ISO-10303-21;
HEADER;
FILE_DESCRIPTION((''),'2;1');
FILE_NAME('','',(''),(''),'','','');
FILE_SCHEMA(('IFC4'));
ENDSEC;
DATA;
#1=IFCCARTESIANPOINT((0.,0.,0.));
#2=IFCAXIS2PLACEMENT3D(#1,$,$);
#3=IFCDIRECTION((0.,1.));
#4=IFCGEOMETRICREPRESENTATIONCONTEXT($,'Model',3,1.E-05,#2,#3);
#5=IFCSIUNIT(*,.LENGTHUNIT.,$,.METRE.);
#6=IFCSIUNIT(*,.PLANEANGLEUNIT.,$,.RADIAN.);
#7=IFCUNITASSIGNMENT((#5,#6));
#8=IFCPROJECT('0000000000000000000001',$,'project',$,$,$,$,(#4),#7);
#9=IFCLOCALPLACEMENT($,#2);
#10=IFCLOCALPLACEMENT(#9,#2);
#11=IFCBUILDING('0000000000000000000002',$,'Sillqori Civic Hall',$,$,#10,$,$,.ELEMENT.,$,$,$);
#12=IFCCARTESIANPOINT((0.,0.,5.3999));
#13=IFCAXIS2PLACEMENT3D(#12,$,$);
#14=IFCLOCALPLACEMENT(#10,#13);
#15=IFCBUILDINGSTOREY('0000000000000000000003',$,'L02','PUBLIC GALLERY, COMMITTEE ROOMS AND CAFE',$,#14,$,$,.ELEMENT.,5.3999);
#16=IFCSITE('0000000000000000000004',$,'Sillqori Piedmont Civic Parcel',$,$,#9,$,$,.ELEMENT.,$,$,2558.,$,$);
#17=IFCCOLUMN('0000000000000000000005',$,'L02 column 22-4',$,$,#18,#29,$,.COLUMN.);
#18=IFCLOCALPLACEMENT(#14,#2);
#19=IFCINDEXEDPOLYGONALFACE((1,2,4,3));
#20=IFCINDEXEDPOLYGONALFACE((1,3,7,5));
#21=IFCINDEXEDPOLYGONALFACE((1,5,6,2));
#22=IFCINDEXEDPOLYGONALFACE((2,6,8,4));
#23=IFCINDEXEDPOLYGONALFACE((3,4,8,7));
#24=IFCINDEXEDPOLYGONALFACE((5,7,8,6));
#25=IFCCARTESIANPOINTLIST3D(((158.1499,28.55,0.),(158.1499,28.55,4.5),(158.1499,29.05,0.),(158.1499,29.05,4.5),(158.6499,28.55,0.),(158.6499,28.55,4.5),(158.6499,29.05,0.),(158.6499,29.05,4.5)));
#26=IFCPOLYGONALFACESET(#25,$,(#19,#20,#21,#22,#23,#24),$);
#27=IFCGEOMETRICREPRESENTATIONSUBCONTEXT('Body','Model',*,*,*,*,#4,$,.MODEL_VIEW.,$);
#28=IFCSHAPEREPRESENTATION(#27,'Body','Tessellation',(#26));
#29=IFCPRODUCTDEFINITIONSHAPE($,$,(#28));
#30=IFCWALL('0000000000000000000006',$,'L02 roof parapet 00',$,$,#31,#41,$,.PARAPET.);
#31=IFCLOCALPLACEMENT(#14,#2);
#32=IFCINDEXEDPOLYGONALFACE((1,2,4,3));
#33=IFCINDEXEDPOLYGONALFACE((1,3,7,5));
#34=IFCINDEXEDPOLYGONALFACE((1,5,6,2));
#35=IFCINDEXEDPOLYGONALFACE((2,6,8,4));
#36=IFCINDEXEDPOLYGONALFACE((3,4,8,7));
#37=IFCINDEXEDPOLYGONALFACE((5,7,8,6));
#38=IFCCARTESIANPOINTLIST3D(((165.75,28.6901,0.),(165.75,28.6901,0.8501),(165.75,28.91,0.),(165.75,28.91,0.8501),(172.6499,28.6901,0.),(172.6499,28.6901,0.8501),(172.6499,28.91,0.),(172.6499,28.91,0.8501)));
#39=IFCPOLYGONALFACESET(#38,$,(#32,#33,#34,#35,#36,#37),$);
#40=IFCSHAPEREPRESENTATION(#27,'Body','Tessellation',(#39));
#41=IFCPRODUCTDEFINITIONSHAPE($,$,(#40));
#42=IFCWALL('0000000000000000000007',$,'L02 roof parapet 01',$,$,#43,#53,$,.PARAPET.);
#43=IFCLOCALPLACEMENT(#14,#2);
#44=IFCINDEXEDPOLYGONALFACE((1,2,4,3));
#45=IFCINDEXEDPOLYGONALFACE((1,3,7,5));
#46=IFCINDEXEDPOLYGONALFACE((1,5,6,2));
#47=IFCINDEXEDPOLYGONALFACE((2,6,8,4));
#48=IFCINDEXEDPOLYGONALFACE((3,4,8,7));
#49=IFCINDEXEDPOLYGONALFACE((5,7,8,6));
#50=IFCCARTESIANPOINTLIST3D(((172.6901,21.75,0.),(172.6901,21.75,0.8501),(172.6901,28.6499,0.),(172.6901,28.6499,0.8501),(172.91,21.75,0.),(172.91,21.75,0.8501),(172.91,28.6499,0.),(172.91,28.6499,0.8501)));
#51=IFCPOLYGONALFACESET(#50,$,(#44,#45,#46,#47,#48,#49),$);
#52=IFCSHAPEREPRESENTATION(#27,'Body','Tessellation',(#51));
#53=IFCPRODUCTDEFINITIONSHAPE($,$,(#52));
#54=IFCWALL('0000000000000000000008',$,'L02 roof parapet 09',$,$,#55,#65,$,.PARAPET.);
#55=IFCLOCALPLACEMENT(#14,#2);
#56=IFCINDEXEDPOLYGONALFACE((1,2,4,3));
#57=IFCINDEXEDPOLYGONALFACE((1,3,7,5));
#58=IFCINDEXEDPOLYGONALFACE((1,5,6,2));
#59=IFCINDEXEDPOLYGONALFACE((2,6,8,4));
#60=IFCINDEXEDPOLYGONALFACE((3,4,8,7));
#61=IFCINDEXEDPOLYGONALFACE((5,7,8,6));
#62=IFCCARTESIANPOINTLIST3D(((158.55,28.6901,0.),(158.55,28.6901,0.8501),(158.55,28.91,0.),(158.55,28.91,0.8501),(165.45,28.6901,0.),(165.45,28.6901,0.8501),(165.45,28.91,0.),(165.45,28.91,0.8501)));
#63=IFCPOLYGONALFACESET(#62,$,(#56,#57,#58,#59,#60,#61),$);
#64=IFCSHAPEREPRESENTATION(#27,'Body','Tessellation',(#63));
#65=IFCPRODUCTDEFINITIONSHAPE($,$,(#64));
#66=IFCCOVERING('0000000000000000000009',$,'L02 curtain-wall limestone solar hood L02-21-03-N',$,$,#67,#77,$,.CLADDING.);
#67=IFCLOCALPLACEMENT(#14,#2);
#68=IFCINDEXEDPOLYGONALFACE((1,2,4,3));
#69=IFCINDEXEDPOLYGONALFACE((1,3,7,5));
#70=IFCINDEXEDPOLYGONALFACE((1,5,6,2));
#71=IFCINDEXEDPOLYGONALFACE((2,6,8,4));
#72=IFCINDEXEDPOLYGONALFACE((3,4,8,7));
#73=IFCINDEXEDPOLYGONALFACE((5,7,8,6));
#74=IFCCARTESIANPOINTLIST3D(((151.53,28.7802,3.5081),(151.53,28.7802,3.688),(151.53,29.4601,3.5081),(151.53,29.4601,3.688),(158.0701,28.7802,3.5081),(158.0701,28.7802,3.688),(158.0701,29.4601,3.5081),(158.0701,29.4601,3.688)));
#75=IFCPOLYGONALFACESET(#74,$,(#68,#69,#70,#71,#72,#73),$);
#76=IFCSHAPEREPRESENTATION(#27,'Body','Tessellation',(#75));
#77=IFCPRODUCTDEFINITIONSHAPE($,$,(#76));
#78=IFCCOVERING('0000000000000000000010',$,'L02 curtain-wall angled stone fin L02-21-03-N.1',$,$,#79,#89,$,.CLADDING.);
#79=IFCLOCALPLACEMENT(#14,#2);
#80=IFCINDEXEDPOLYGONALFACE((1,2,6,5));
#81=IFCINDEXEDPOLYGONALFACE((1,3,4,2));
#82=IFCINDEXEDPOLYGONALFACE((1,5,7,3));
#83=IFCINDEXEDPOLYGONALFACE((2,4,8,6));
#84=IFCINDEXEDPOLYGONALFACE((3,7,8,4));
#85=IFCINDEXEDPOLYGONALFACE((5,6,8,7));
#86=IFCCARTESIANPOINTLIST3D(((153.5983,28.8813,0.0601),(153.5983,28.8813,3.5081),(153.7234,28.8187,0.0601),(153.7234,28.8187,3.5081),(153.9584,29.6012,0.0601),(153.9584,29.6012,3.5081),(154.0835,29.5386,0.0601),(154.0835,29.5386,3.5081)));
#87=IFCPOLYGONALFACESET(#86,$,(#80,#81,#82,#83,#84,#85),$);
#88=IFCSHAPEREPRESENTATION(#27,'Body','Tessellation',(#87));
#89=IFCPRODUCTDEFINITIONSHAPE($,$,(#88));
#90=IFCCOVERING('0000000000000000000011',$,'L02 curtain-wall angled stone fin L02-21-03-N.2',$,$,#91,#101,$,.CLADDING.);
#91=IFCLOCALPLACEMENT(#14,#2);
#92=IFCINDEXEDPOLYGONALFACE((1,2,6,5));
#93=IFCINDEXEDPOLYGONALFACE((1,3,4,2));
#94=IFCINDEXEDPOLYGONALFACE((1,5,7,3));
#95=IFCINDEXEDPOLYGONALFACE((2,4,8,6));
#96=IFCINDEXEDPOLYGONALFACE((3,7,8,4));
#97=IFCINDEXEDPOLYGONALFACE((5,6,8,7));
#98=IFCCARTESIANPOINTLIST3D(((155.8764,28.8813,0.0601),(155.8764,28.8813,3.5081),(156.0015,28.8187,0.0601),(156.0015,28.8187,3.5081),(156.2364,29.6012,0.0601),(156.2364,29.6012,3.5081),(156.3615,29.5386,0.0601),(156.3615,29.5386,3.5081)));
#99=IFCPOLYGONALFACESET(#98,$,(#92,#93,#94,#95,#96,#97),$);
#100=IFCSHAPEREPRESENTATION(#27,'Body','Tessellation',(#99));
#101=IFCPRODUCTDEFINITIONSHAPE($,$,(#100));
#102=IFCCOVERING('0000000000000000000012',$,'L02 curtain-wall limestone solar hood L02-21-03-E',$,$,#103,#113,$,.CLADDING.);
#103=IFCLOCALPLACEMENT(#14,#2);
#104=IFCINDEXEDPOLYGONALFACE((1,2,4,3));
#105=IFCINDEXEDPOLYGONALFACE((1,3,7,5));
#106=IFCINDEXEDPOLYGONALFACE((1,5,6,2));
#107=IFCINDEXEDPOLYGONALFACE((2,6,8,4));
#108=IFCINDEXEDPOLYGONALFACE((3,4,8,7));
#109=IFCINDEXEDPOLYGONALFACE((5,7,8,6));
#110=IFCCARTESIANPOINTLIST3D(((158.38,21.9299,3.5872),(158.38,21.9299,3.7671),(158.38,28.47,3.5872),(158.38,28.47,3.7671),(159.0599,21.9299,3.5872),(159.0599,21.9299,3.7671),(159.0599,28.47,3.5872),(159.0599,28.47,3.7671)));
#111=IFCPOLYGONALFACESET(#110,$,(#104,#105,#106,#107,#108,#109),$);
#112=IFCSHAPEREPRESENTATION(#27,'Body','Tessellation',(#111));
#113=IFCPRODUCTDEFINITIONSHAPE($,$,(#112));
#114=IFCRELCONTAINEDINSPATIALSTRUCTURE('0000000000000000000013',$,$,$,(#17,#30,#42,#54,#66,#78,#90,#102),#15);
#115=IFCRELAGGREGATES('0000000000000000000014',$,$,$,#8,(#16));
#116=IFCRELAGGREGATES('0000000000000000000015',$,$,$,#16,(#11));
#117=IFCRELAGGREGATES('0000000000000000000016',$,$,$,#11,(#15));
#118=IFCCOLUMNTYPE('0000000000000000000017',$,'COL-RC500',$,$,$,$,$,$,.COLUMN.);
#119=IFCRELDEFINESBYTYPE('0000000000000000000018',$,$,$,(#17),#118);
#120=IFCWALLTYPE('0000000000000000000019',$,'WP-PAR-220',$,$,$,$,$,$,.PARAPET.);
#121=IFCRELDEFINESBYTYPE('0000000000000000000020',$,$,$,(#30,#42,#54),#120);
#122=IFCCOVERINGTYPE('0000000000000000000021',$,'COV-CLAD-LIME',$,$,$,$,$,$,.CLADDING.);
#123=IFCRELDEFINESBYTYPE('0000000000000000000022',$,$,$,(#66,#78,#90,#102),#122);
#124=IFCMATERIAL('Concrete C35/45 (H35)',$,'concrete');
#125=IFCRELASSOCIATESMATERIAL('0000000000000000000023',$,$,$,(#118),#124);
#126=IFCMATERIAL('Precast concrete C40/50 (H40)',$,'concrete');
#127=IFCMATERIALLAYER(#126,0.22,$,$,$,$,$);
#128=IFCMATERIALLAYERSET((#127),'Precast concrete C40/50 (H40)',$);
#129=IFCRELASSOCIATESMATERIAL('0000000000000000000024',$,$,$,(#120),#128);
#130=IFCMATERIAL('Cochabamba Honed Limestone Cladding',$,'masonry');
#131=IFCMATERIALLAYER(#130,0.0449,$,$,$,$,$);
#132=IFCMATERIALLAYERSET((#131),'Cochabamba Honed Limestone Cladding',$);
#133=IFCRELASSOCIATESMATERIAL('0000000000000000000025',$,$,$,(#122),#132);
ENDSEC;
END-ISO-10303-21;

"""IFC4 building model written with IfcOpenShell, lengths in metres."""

from ifc_helpers import new_model, si_unit, direction, frame, frame_2d, origin, origin_2d, place, context, subcontext, project, spatial, rectangle, extrude, material, layer, layer_set, material_profile, profile_set, type_object, element, save


model = new_model("IFC4")

# Units and contexts
model_context = context("Model", 3, precision=1e-05, world=origin(), true_north=direction((0.0, 1.0)))
body_context = subcontext(model_context, "Body", "Model", "MODEL_VIEW")
ifc_project = project(units=[si_unit("LENGTHUNIT", "METRE"), si_unit("PLANEANGLEUNIT", "RADIAN")], contexts=[model_context])

# Site, building, storey
site_placement = place(None, origin())
site = spatial("IfcSite", under=ifc_project, at=site_placement, Name="Sillqori Piedmont Civic Parcel", CompositionType="ELEMENT", RefElevation=2558.0)
building_placement = place(site_placement, origin())
building = spatial("IfcBuilding", under=site, at=building_placement, Name="Sillqori Civic Hall", CompositionType="ELEMENT")
storey_placement = place(building_placement, frame((0.0, 0.0, 5.3999)))
storey = spatial("IfcBuildingStorey", under=building, at=storey_placement, Name="L02", Description="PUBLIC GALLERY, COMMITTEE ROOMS AND CAFE", CompositionType="ELEMENT", Elevation=5.3999)

# Column
ifc_material_1 = material(Name="Concrete C35/45 (H35)", Category="concrete")
ifc_material_profile_1 = material_profile(ifc_material_1, rectangle(XDim=0.5, YDim=0.5, at=origin_2d()), Name="RC 500x500")
ifc_profile_set_1 = profile_set([ifc_material_profile_1], Name="Concrete C35/45 (H35)")
column_type = type_object("IfcColumnType", Name="COL-RC500", PredefinedType="COLUMN", material=ifc_profile_set_1)
column_placement = place(storey_placement, frame((158.3999, 28.8, 0.0), z_axis=(0.0, 0.0, 1.0), x_axis=(1.0, 0.0, 0.0)))
element("IfcColumn", 1, at=column_placement, inside=storey, type_object=column_type, Name="L02 column 22-4", PredefinedType="COLUMN", context=body_context, shape_type="SweptSolid", body=[
    extrude(rectangle(XDim=0.5, YDim=0.5, at=origin_2d()), origin(), (0.0, 0.0, 1.0), 4.5),
])

# Walls
ifc_material_2 = material(Name="Precast concrete C40/50 (H40)", Category="concrete")
ifc_layer_1 = layer(ifc_material_2, 0.22)
ifc_layer_set_1 = layer_set([ifc_layer_1], Name="Precast concrete C40/50 (H40)")
wall_type = type_object("IfcWallType", Name="WP-PAR-220", PredefinedType="PARAPET", material=ifc_layer_set_1)
for number, where, z_axis, x_axis, name in (
    (2, (165.75, 28.8, 0.0), (0.0, 0.0, 1.0), (1.0, 0.0, 0.0), "L02 roof parapet 00"),
    (3, (172.8, 28.6499, 0.0), (0.0, 0.0, 1.0), (0.0, -1.0, 0.0), "L02 roof parapet 01"),
    (4, (158.55, 28.8, 0.0), (0.0, 0.0, 1.0), (1.0, 0.0, 0.0), "L02 roof parapet 09"),
):
    element("IfcWall", number, at=place(storey_placement, frame(where, z_axis=z_axis, x_axis=x_axis)), inside=storey, type_object=wall_type, Name=name, PredefinedType="PARAPET", context=body_context, shape_type="SweptSolid", body=[
        extrude(rectangle(XDim=6.8999, YDim=0.22, at=frame_2d((3.45, 0.0))), origin(), (0.0, 0.0, 1.0), 0.8501),
    ])

# Coverings
ifc_material_3 = material(Name="Cochabamba Honed Limestone Cladding", Category="masonry")
ifc_layer_2 = layer(ifc_material_3, 0.0449)
ifc_layer_set_2 = layer_set([ifc_layer_2], Name="Cochabamba Honed Limestone Cladding")
covering_type = type_object("IfcCoveringType", Name="COV-CLAD-LIME", PredefinedType="CLADDING", material=ifc_layer_set_2)
covering_1_placement = place(storey_placement, frame((151.53, 29.1201, 3.5081), z_axis=(0.0, 0.0, 1.0), x_axis=(1.0, 0.0, 0.0)))
element("IfcCovering", 5, at=covering_1_placement, inside=storey, type_object=covering_type, Name="L02 curtain-wall limestone solar hood L02-21-03-N", PredefinedType="CLADDING", context=body_context, shape_type="SweptSolid", body=[
    extrude(rectangle(XDim=6.54, YDim=0.6799, at=frame_2d((3.27, 0.0))), origin(), (0.0, 0.0, 1.0), 0.1799),
])
for number, where, z_axis, x_axis, name in (
    (6, (153.6609, 28.8501, 0.0601), (0.0, 0.0, 1.0), (0.447335, 0.894367, 0.0), "L02 curtain-wall angled stone fin L02-21-03-N.1"),
    (7, (155.939, 28.8501, 0.0601), (0.0, 0.0, 1.0), (0.447335, 0.894367, 0.0), "L02 curtain-wall angled stone fin L02-21-03-N.2"),
):
    element("IfcCovering", number, at=place(storey_placement, frame(where, z_axis=z_axis, x_axis=x_axis)), inside=storey, type_object=covering_type, Name=name, PredefinedType="CLADDING", context=body_context, shape_type="SweptSolid", body=[
        extrude(rectangle(XDim=0.8049, YDim=0.1399, at=frame_2d((0.4023, 0.0))), origin(), (0.0, 0.0, 1.0), 3.448),
    ])
covering_2_placement = place(storey_placement, frame((158.72, 28.47, 3.5872), z_axis=(0.0, 0.0, 1.0), x_axis=(0.0, -1.0, 0.0)))
element("IfcCovering", 8, at=covering_2_placement, inside=storey, type_object=covering_type, Name="L02 curtain-wall limestone solar hood L02-21-03-E", PredefinedType="CLADDING", context=body_context, shape_type="SweptSolid", body=[
    extrude(rectangle(XDim=6.54, YDim=0.6799, at=frame_2d((3.27, 0.0))), origin(), (0.0, 0.0, 1.0), 0.1799),
])

save(model, "model.ifc")
